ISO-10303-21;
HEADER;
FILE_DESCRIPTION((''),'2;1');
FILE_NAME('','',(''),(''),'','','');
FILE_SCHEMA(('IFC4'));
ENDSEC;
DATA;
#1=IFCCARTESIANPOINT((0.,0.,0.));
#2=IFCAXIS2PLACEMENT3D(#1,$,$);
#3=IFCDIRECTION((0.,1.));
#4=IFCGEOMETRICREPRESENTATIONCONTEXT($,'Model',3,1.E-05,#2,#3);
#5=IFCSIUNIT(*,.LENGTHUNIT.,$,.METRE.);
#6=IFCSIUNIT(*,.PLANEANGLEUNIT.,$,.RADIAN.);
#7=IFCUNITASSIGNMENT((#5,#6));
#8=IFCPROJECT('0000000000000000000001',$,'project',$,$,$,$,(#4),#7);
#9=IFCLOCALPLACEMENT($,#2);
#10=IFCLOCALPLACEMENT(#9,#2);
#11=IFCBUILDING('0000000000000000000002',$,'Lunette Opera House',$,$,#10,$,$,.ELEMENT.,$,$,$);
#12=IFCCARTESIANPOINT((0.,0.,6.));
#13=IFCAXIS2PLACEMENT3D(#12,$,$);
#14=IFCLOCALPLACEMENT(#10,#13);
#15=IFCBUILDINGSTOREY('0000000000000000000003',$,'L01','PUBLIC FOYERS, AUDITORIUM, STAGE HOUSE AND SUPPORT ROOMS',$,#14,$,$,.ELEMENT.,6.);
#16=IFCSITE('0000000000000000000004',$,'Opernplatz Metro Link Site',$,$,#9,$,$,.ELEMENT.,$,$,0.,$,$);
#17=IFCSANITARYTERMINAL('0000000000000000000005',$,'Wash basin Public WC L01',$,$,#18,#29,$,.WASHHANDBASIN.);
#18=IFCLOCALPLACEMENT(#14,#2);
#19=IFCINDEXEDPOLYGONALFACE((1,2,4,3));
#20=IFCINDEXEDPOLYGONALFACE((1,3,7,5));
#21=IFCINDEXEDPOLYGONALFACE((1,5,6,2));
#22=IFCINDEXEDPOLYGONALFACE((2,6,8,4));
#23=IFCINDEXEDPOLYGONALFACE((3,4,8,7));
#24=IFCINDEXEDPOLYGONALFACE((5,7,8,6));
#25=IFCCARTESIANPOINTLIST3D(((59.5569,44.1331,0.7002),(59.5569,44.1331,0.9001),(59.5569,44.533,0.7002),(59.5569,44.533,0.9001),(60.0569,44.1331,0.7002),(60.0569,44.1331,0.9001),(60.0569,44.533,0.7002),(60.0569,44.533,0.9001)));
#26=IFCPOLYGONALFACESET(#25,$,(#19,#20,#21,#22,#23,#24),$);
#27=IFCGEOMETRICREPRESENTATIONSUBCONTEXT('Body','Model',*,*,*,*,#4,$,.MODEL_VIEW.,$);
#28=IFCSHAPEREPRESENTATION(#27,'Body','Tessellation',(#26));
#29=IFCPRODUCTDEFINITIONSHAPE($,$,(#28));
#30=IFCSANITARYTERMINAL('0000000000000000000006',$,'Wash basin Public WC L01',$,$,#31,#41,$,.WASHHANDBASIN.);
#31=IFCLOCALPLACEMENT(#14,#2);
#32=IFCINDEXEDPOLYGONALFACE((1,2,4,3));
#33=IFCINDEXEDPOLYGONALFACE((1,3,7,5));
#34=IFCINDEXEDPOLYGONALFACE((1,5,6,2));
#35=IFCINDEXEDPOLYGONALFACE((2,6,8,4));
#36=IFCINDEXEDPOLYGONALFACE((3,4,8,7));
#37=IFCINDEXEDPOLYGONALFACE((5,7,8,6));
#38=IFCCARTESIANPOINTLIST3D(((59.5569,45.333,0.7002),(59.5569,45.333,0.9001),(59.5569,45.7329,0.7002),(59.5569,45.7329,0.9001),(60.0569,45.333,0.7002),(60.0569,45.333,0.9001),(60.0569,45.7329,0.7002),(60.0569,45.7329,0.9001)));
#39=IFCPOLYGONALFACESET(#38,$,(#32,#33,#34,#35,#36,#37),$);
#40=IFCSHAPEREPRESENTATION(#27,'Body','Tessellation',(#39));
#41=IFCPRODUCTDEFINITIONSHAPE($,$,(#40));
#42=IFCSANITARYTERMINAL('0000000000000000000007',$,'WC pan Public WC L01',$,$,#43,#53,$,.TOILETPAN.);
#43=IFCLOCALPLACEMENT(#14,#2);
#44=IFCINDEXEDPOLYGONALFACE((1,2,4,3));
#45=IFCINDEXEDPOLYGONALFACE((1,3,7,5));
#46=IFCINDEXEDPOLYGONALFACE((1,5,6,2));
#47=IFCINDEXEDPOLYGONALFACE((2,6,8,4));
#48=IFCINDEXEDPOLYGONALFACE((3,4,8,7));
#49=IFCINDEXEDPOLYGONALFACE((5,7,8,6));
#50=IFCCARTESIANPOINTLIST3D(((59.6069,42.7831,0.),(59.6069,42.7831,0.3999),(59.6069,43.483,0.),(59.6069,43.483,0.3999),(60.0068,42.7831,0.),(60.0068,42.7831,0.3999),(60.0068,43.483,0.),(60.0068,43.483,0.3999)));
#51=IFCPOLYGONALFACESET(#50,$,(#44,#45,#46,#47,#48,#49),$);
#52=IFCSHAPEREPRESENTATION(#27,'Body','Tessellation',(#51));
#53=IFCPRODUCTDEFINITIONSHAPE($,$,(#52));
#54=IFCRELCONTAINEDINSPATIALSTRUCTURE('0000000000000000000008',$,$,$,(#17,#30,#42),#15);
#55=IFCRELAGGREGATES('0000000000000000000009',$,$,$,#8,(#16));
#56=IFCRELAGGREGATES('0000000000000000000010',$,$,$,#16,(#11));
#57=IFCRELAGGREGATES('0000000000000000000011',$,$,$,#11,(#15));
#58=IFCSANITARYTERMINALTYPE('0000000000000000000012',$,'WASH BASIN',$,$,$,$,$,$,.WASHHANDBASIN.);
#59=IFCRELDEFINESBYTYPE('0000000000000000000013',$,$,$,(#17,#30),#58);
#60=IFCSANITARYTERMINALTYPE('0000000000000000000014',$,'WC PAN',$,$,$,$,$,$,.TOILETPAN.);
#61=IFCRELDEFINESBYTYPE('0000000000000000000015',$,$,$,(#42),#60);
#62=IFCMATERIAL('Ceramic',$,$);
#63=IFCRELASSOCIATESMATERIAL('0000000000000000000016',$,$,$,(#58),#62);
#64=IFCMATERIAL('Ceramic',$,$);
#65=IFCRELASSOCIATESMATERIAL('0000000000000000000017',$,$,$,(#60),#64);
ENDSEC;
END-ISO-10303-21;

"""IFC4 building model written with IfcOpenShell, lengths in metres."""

from ifc_helpers import new_model, si_unit, direction, frame, origin, origin_2d, place, context, subcontext, project, spatial, rectangle, extrude, material, type_object, element, save


model = new_model("IFC4")

# Units and contexts
model_context = context("Model", 3, precision=1e-05, world=origin(), true_north=direction((0.0, 1.0)))
body_context = subcontext(model_context, "Body", "Model", "MODEL_VIEW")
ifc_project = project(units=[si_unit("LENGTHUNIT", "METRE"), si_unit("PLANEANGLEUNIT", "RADIAN")], contexts=[model_context])

# Site, building, storey
site_placement = place(None, origin())
site = spatial("IfcSite", under=ifc_project, at=site_placement, Name="Opernplatz Metro Link Site", CompositionType="ELEMENT", RefElevation=0.0)
building_placement = place(site_placement, origin())
building = spatial("IfcBuilding", under=site, at=building_placement, Name="Lunette Opera House", CompositionType="ELEMENT")
storey_placement = place(building_placement, frame((0.0, 0.0, 6.0)))
storey = spatial("IfcBuildingStorey", under=building, at=storey_placement, Name="L01", Description="PUBLIC FOYERS, AUDITORIUM, STAGE HOUSE AND SUPPORT ROOMS", CompositionType="ELEMENT", Elevation=6.0)

# Sanitary terminals
ifc_material_1 = material(Name="Ceramic")
sanitary_terminal_type_1 = type_object("IfcSanitaryTerminalType", Name="WASH BASIN", PredefinedType="WASHHANDBASIN", material=ifc_material_1)
for number, where, z_axis, x_axis, name in (
    (1, (59.8069, 44.333, 0.7002), (0.0, 0.0, 1.0), (1.0, 0.0, 0.0), "Wash basin Public WC L01"),
    (2, (59.8069, 45.533, 0.7002), (0.0, 0.0, 1.0), (1.0, 0.0, 0.0), "Wash basin Public WC L01"),
):
    element("IfcSanitaryTerminal", number, at=place(storey_placement, frame(where, z_axis=z_axis, x_axis=x_axis)), inside=storey, type_object=sanitary_terminal_type_1, Name=name, PredefinedType="WASHHANDBASIN", context=body_context, shape_type="SweptSolid", body=[
        extrude(rectangle(XDim=0.5, YDim=0.3999, at=origin_2d()), origin(), (0.0, 0.0, 1.0), 0.2),
    ])
ifc_material_2 = material(Name="Ceramic")
sanitary_terminal_type_2 = type_object("IfcSanitaryTerminalType", Name="WC PAN", PredefinedType="TOILETPAN", material=ifc_material_2)
sanitary_terminal_placement = place(storey_placement, frame((59.8069, 43.1331, 0.0), z_axis=(0.0, 0.0, 1.0), x_axis=(1.0, 0.0, 0.0)))
element("IfcSanitaryTerminal", 3, at=sanitary_terminal_placement, inside=storey, type_object=sanitary_terminal_type_2, Name="WC pan Public WC L01", PredefinedType="TOILETPAN", context=body_context, shape_type="SweptSolid", body=[
    extrude(rectangle(XDim=0.3999, YDim=0.7, at=origin_2d()), origin(), (0.0, 0.0, 1.0), 0.3999),
])

save(model, "model.ifc")
